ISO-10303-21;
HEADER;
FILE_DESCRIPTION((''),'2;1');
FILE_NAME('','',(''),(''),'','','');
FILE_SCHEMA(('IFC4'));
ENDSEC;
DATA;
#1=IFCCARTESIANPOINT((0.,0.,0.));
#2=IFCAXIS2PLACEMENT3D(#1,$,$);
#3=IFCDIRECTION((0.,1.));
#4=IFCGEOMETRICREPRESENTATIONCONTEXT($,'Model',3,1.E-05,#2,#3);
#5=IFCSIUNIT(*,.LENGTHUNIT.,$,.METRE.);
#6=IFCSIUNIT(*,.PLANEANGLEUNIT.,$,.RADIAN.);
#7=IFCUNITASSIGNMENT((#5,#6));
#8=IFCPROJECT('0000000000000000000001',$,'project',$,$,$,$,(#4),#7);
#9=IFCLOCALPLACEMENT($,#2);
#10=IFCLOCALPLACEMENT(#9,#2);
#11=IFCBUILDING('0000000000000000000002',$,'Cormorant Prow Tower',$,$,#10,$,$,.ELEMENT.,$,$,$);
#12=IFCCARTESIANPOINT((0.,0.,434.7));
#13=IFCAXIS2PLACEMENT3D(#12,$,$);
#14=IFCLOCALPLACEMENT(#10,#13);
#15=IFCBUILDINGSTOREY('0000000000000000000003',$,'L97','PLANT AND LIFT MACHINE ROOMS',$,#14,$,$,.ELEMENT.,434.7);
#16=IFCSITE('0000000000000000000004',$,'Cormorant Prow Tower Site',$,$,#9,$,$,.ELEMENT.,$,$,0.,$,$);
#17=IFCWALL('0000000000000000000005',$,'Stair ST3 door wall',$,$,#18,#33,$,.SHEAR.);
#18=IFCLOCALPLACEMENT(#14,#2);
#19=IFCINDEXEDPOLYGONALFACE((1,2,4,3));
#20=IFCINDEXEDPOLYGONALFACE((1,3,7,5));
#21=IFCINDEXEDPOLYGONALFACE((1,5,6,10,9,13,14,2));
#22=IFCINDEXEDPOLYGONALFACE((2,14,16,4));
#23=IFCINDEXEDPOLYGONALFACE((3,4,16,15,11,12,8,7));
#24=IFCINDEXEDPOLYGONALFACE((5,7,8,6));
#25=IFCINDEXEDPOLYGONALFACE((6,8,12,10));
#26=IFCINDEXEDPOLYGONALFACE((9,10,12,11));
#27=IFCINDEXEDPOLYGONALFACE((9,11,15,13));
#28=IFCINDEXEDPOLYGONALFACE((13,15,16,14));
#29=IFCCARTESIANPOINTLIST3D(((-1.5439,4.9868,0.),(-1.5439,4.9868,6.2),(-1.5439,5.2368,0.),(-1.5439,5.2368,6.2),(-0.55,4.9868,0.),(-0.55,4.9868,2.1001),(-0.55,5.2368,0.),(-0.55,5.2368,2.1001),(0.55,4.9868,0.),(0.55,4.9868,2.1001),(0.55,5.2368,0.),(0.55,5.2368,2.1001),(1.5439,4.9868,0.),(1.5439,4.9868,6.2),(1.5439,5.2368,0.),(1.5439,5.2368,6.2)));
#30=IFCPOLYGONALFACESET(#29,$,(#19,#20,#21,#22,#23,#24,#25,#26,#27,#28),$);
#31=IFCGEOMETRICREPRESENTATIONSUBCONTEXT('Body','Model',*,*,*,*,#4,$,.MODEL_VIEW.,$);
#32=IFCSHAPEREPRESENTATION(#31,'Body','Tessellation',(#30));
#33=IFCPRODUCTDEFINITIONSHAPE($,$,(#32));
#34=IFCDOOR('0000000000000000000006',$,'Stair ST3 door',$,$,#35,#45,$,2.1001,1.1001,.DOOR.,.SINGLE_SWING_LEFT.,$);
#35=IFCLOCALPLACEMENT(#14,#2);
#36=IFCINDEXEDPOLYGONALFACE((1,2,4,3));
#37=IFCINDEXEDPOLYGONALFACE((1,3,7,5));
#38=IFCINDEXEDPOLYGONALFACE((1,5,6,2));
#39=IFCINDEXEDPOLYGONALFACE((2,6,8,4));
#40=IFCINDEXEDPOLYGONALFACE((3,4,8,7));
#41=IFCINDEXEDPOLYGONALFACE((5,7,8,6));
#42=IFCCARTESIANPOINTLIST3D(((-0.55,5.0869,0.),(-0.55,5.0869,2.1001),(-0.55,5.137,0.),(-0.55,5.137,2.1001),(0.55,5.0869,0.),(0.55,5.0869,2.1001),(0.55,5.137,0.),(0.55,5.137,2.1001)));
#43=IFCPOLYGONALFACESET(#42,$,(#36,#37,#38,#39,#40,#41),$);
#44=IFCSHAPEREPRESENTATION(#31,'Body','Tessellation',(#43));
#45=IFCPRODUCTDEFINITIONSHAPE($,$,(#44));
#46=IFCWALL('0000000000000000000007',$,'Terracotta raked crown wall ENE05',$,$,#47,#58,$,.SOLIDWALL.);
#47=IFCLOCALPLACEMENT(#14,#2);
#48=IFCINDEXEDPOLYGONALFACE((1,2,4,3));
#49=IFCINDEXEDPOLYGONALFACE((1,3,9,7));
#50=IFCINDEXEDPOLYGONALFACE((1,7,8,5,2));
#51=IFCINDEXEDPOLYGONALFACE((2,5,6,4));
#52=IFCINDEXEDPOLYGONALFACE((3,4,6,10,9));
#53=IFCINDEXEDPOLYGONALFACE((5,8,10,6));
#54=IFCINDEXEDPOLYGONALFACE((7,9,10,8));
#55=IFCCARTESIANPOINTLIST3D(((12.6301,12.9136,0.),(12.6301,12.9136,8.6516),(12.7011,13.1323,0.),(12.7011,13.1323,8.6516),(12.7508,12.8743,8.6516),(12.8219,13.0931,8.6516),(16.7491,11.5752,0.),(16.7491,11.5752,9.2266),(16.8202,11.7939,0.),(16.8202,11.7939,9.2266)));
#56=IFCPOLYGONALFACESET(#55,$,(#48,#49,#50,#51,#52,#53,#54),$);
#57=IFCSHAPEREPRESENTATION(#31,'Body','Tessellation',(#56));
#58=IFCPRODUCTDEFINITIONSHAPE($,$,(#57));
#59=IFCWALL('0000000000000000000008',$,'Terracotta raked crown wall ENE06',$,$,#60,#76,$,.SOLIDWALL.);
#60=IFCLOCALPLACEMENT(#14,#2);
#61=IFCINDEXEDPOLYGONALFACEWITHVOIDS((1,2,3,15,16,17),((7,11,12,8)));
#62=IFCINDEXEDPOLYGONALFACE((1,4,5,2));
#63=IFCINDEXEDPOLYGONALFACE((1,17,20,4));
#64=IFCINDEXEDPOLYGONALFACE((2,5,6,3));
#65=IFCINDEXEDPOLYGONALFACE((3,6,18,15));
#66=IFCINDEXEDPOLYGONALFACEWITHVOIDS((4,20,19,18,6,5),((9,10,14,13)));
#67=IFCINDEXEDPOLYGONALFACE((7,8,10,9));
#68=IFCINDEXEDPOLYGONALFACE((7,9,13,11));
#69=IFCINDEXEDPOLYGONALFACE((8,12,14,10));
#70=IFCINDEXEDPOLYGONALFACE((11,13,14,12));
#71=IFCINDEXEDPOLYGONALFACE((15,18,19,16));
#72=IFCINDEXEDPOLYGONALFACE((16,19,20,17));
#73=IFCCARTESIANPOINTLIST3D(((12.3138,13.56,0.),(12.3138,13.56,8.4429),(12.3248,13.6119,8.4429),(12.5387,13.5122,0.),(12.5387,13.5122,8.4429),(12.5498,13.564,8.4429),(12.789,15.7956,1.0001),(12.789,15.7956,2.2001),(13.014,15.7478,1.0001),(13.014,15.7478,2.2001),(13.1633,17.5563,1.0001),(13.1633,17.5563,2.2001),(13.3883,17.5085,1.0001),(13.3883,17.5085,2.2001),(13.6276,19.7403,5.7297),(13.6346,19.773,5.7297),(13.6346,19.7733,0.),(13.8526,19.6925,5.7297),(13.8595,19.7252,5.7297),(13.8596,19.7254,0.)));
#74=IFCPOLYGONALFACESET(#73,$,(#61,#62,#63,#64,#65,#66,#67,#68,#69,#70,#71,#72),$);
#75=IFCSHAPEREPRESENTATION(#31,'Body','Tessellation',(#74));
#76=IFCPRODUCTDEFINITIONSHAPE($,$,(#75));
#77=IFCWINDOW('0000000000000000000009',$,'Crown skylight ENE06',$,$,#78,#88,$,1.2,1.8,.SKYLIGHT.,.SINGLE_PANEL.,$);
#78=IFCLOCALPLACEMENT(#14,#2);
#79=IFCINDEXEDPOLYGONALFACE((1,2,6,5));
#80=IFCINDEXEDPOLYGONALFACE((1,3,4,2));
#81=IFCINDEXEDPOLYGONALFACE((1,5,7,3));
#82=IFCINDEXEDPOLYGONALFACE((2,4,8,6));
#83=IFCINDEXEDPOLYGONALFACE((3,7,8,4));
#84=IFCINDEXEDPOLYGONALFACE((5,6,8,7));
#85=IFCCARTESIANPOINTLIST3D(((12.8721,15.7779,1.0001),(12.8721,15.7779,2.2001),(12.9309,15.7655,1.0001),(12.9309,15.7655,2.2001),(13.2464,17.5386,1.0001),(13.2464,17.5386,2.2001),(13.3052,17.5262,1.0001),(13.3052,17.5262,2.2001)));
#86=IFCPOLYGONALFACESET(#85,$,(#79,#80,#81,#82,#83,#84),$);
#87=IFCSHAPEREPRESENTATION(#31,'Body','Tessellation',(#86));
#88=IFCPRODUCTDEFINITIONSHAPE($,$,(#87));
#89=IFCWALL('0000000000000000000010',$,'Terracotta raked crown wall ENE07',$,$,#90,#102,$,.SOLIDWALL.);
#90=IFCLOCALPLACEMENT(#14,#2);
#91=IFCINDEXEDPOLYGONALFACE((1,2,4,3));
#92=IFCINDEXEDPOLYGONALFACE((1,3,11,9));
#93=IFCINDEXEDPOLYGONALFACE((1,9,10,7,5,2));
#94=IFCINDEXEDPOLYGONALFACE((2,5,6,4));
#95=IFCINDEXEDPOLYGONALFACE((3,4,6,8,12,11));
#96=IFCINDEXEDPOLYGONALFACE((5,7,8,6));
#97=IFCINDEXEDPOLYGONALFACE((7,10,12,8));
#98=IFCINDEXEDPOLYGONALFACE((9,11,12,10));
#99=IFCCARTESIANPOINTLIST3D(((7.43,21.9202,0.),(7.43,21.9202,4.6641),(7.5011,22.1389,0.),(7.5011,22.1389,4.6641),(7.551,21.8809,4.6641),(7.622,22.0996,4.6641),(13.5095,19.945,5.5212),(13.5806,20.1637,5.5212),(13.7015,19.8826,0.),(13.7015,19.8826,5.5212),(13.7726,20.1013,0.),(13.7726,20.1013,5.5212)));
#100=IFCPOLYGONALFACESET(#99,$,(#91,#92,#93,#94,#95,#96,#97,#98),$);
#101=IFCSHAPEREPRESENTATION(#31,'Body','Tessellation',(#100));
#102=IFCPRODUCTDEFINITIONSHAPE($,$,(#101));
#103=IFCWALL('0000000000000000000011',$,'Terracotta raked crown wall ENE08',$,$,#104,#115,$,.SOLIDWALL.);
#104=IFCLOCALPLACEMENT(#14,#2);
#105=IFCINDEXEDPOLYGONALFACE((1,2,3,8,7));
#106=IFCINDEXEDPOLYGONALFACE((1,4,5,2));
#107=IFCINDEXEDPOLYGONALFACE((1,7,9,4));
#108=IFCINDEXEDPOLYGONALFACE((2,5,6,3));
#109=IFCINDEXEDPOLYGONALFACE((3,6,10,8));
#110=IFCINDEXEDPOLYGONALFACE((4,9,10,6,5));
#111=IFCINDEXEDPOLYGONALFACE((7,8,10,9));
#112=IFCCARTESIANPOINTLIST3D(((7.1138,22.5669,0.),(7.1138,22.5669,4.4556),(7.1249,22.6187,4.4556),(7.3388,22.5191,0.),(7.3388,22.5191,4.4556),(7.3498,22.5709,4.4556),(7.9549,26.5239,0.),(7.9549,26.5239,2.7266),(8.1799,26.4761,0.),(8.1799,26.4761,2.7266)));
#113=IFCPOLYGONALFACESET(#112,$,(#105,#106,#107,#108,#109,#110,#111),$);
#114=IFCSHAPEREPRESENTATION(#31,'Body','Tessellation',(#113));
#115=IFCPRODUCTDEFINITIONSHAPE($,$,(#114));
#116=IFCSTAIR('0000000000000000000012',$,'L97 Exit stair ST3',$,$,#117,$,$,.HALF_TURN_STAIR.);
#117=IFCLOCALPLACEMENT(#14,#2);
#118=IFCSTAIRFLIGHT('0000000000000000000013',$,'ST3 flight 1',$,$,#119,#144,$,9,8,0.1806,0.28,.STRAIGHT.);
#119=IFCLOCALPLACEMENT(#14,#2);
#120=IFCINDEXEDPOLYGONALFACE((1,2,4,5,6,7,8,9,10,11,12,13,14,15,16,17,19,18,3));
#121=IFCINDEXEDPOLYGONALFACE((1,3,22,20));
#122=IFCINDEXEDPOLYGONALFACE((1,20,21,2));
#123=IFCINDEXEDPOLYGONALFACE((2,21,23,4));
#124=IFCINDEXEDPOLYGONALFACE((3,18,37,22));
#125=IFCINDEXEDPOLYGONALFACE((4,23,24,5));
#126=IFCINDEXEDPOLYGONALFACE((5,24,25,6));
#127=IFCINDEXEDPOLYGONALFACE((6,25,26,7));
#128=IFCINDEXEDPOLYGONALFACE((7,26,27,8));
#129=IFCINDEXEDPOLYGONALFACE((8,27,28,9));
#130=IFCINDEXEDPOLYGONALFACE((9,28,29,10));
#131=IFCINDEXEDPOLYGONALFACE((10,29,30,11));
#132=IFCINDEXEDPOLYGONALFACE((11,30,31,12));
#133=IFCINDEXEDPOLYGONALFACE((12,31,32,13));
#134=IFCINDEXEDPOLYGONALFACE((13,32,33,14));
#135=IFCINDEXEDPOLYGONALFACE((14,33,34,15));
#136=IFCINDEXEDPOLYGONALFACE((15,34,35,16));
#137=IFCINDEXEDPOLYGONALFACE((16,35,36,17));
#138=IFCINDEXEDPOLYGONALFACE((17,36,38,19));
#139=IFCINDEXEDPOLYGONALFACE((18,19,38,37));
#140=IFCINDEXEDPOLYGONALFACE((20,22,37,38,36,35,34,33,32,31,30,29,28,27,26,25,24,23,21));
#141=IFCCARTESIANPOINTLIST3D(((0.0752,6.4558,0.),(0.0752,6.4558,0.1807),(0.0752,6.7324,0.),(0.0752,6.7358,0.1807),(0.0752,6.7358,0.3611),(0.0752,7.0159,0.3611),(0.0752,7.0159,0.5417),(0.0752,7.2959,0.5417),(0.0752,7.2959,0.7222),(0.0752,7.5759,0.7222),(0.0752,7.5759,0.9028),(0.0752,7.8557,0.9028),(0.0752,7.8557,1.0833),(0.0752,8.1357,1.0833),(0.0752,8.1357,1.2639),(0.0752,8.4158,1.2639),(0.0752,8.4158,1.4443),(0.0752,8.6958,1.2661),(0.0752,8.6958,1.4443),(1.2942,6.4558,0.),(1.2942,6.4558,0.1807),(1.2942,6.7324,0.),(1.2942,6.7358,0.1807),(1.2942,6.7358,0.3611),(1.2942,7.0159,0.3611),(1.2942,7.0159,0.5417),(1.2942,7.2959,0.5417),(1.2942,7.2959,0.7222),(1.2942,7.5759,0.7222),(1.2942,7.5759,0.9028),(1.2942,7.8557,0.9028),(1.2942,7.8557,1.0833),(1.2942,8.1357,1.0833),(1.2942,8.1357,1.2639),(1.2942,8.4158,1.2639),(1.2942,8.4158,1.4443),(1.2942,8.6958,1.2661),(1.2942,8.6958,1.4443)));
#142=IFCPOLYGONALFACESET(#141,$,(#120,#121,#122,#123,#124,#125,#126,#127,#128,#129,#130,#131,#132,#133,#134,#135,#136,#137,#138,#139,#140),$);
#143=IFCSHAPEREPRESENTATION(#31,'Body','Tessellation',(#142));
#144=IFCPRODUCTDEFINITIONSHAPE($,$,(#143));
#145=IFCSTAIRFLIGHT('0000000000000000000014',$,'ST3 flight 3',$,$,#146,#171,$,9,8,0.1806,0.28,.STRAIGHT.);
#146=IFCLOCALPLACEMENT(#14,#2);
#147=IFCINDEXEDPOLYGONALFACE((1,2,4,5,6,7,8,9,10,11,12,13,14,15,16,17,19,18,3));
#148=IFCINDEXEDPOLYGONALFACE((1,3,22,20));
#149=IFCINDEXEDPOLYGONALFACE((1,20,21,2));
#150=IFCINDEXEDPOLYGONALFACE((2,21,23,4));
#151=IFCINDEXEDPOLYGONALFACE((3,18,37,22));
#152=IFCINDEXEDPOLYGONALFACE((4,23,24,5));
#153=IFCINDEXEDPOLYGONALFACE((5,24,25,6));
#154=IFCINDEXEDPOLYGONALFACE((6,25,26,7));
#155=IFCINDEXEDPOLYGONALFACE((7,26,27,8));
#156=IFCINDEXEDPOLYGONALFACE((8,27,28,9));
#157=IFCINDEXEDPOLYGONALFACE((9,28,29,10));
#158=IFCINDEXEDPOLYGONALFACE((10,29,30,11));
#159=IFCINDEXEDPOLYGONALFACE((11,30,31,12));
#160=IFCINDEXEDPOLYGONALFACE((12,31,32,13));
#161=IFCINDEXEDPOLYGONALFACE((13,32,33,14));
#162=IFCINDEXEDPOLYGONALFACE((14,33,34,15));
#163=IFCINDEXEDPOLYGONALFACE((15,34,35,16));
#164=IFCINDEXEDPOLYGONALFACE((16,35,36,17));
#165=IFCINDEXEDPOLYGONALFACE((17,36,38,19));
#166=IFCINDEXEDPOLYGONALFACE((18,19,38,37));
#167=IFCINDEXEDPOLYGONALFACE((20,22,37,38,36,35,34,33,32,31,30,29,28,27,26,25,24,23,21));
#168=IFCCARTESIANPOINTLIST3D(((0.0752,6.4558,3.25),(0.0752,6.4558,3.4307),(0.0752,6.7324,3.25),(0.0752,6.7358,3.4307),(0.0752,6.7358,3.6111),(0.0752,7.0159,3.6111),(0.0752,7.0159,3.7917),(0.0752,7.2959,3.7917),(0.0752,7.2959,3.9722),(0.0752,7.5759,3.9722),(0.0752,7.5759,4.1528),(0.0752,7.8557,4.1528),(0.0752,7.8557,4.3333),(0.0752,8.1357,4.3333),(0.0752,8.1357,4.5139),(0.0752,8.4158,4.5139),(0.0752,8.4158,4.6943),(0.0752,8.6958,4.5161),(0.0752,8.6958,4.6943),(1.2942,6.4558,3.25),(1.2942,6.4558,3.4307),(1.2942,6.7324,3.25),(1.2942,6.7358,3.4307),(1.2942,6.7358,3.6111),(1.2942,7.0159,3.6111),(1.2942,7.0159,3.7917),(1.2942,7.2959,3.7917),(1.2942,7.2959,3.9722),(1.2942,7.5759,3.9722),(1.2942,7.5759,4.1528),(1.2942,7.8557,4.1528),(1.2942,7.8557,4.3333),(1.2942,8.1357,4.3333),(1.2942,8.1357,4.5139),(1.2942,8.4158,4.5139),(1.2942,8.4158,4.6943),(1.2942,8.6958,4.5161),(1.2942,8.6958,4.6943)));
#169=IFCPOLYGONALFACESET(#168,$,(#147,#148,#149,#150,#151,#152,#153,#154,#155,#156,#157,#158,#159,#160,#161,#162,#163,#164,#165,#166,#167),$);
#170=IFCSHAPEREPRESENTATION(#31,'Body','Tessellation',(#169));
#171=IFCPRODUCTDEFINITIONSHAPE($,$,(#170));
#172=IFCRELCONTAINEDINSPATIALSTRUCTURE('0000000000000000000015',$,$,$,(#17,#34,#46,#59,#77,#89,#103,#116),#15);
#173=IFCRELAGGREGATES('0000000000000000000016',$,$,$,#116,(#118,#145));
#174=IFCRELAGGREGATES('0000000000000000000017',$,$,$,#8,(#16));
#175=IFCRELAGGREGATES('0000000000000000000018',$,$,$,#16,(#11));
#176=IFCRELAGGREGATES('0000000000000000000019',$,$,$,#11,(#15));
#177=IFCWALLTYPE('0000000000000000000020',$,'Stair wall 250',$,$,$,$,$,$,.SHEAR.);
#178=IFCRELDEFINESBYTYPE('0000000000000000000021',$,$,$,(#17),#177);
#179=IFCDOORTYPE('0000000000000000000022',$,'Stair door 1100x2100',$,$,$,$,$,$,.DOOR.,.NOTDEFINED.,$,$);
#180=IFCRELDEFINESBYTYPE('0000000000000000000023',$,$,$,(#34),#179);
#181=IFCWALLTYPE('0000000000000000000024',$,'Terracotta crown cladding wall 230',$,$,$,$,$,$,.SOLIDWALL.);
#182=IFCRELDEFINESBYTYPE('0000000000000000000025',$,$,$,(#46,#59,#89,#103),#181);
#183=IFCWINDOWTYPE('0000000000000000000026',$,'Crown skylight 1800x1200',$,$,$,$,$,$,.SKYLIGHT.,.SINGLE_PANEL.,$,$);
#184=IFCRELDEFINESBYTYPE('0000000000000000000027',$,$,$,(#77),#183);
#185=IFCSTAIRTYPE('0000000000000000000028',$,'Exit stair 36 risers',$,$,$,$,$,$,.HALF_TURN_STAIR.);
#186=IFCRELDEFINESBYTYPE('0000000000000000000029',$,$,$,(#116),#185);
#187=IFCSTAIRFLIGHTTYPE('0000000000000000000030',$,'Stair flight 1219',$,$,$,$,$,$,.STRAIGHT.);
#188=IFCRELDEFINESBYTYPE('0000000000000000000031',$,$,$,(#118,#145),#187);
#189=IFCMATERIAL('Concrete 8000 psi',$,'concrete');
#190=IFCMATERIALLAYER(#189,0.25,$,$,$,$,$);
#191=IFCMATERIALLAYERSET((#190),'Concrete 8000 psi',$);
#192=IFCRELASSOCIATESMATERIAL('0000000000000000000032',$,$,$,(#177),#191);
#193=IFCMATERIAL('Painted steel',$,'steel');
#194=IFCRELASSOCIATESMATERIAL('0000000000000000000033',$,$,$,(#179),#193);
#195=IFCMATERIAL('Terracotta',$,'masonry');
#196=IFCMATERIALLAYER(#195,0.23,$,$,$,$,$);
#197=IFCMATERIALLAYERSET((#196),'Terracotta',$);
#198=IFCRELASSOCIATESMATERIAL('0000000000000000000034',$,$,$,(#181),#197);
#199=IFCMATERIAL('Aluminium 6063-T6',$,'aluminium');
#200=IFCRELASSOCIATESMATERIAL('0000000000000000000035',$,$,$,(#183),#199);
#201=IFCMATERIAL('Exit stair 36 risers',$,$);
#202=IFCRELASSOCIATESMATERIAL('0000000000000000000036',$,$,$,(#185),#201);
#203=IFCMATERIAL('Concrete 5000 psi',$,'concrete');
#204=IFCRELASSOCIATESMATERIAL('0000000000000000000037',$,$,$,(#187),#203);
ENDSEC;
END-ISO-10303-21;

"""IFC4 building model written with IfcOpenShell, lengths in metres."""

from ifc_helpers import new_model, si_unit, direction, frame, frame_2d, origin, place, context, subcontext, project, spatial, polyline, rectangle, outline, extrude, material, layer, layer_set, type_object, element, fill, aggregate, save


model = new_model("IFC4")

# Units and contexts
model_context = context("Model", 3, precision=1e-05, world=origin(), true_north=direction((0.0, 1.0)))
body_context = subcontext(model_context, "Body", "Model", "MODEL_VIEW")
ifc_project = project(units=[si_unit("LENGTHUNIT", "METRE"), si_unit("PLANEANGLEUNIT", "RADIAN")], contexts=[model_context])

# Site, building, storey
site_placement = place(None, origin())
site = spatial("IfcSite", under=ifc_project, at=site_placement, Name="Cormorant Prow Tower Site", CompositionType="ELEMENT", RefElevation=0.0)
building_placement = place(site_placement, origin())
building = spatial("IfcBuilding", under=site, at=building_placement, Name="Cormorant Prow Tower", CompositionType="ELEMENT")
storey_placement = place(building_placement, frame((0.0, 0.0, 434.7)))
storey = spatial("IfcBuildingStorey", under=building, at=storey_placement, Name="L97", Description="PLANT AND LIFT MACHINE ROOMS", CompositionType="ELEMENT", Elevation=434.7)

# Wall, opening, door
ifc_material_1 = material(Name="Concrete 8000 psi", Category="concrete")
ifc_layer_1 = layer(ifc_material_1, 0.25)
ifc_layer_set_1 = layer_set([ifc_layer_1], Name="Concrete 8000 psi")
wall_type_1 = type_object("IfcWallType", Name="Stair wall 250", PredefinedType="SHEAR", material=ifc_layer_set_1)
wall_1_placement = place(storey_placement, frame((1.5439, 5.1118, 0.0), z_axis=(0.0, 0.0, 1.0), x_axis=(-1.0, 0.0, 0.0)))
wall_1 = element("IfcWall", 1, at=wall_1_placement, inside=storey, type_object=wall_type_1, Name="Stair ST3 door wall", PredefinedType="SHEAR", context=body_context, shape_type="SweptSolid", body=[
    extrude(rectangle(XDim=3.0879, YDim=0.25, at=frame_2d((1.5439, 0.0))), origin(), (0.0, 0.0, 1.0), 6.2),
])
opening_1_placement = place(wall_1_placement, frame((0.9939, 0.0, 0.0)))
opening_1 = element("IfcOpeningElement", 2, at=opening_1_placement, cuts=wall_1, PredefinedType="OPENING", context=body_context, shape_type="SweptSolid", body=[
    extrude(rectangle(XDim=1.1001, YDim=2.1001, at=frame_2d((0.55, 1.05))), frame((0.0, 0.135, 0.0), z_axis=(0.0, -1.0, 0.0), x_axis=(1.0, 0.0, 0.0)), (0.0, 0.0, 1.0), 0.27),
])
ifc_material_2 = material(Name="Painted steel", Category="steel")
door_type_1 = type_object("IfcDoorType", Name="Stair door 1100x2100", OperationType="NOTDEFINED", PredefinedType="DOOR", material=ifc_material_2)
door_1_placement = place(opening_1_placement, origin())
door_1 = element("IfcDoor", 3, at=door_1_placement, inside=storey, type_object=door_type_1, Name="Stair ST3 door", OperationType="SINGLE_SWING_LEFT", OverallHeight=2.1001, OverallWidth=1.1001, PredefinedType="DOOR", context=body_context, shape_type="SweptSolid", body=[
    extrude(rectangle(XDim=1.1001, YDim=2.1001, at=frame_2d((0.55, 1.05))), frame((0.0, 0.0249, 0.0), z_axis=(0.0, -1.0, 0.0), x_axis=(1.0, 0.0, 0.0)), (0.0, 0.0, 1.0), 0.05),
])
fill(opening_1, door_1)

# Wall
ifc_material_3 = material(Name="Terracotta", Category="masonry")
ifc_layer_2 = layer(ifc_material_3, 0.23)
ifc_layer_set_2 = layer_set([ifc_layer_2], Name="Terracotta")
wall_type_2 = type_object("IfcWallType", Name="Terracotta crown cladding wall 230", PredefinedType="SOLIDWALL", material=ifc_layer_set_2)
wall_2_placement = place(storey_placement, frame((16.7847, 11.6846, 0.0), z_axis=(0.0, 0.0, 1.0), x_axis=(-0.951057, 0.309015, 0.0)))
element("IfcWall", 4, at=wall_2_placement, inside=storey, type_object=wall_type_2, Name="Terracotta raked crown wall ENE05", PredefinedType="SOLIDWALL", context=body_context, shape_type="SweptSolid", body=[
    extrude(outline(polyline([(0.0, 0.0), (4.3311, 0.0), (4.3311, 8.6516), (4.2041, 8.6516), (0.0, 9.2266), (0.0, 0.0)])), frame((0.0, 0.115, 0.0), z_axis=(0.0, -1.0, 0.0), x_axis=(1.0, 0.0, 0.0)), (0.0, 0.0, 1.0), 0.23),
])

# Wall, opening, window
wall_3_placement = place(storey_placement, frame((12.4263, 13.5361, 0.0), z_axis=(0.0, 0.0, 1.0), x_axis=(0.207936, 0.978143, 0.0)))
wall_3 = element("IfcWall", 5, at=wall_3_placement, inside=storey, type_object=wall_type_2, Name="Terracotta raked crown wall ENE06", PredefinedType="SOLIDWALL", context=body_context, shape_type="SweptSolid", body=[
    extrude(outline(polyline([(0.0, 0.0), (6.3521, 0.0), (6.3518, 5.7297), (6.3184, 5.7297), (0.053, 8.4429), (0.0, 8.4429), (0.0, 0.0)])), frame((0.0, 0.115, 0.0), z_axis=(0.0, -1.0, 0.0), x_axis=(1.0, 0.0, 0.0)), (0.0, 0.0, 1.0), 0.23),
])
opening_2_placement = place(wall_3_placement, frame((2.2856, 0.0, 1.0)))
opening_2 = element("IfcOpeningElement", 6, at=opening_2_placement, cuts=wall_3, PredefinedType="OPENING", context=body_context, shape_type="SweptSolid", body=[
    extrude(rectangle(XDim=1.8, YDim=1.2, at=frame_2d((0.8999, 0.6001))), frame((0.0, 0.125, 0.0), z_axis=(0.0, -1.0, 0.0), x_axis=(1.0, 0.0, 0.0)), (0.0, 0.0, 1.0), 0.25),
])
ifc_material_4 = material(Name="Aluminium 6063-T6", Category="aluminium")
window_type = type_object("IfcWindowType", Name="Crown skylight 1800x1200", PartitioningType="SINGLE_PANEL", PredefinedType="SKYLIGHT", material=ifc_material_4)
window_placement = place(opening_2_placement, origin())
window = element("IfcWindow", 7, at=window_placement, inside=storey, type_object=window_type, Name="Crown skylight ENE06", OverallHeight=1.2, OverallWidth=1.8, PartitioningType="SINGLE_PANEL", PredefinedType="SKYLIGHT", context=body_context, shape_type="SweptSolid", body=[
    extrude(rectangle(XDim=1.8, YDim=1.2, at=frame_2d((0.8999, 0.6001))), frame((0.0, 0.03, 0.0), z_axis=(0.0, -1.0, 0.0), x_axis=(1.0, 0.0, 0.0)), (0.0, 0.0, 1.0), 0.0601),
])
fill(opening_2, window)

# Walls
wall_4_placement = place(storey_placement, frame((13.7371, 19.9919, 0.0), z_axis=(0.0, 0.0, 1.0), x_axis=(-0.951062, 0.308999, 0.0)))
element("IfcWall", 8, at=wall_4_placement, inside=storey, type_object=wall_type_2, Name="Terracotta raked crown wall ENE07", PredefinedType="SOLIDWALL", context=body_context, shape_type="SweptSolid", body=[
    extrude(outline(polyline([(0.0, 0.0), (6.5942, 0.0), (6.5942, 4.6641), (6.467, 4.6641), (0.2019, 5.5212), (0.0, 5.5212), (0.0, 0.0)])), frame((0.0, 0.115, 0.0), z_axis=(0.0, -1.0, 0.0), x_axis=(1.0, 0.0, 0.0)), (0.0, 0.0, 1.0), 0.23),
])
wall_5_placement = place(storey_placement, frame((7.2263, 22.543, 0.0), z_axis=(0.0, 0.0, 1.0), x_axis=(0.207905, 0.978149, 0.0)))
element("IfcWall", 9, at=wall_5_placement, inside=storey, type_object=wall_type_2, Name="Terracotta raked crown wall ENE08", PredefinedType="SOLIDWALL", context=body_context, shape_type="SweptSolid", body=[
    extrude(outline(polyline([(0.0, 0.0), (4.0454, 0.0), (4.0454, 2.7266), (0.053, 4.4556), (0.0, 4.4556), (0.0, 0.0)])), frame((0.0, 0.115, 0.0), z_axis=(0.0, -1.0, 0.0), x_axis=(1.0, 0.0, 0.0)), (0.0, 0.0, 1.0), 0.23),
])

# Stair, stair flights
ifc_material_5 = material(Name="Exit stair 36 risers")
stair_type = type_object("IfcStairType", Name="Exit stair 36 risers", PredefinedType="HALF_TURN_STAIR", material=ifc_material_5)
stair_placement = place(storey_placement, origin())
stair = element("IfcStair", 10, at=stair_placement, inside=storey, type_object=stair_type, Name="L97 Exit stair ST3", PredefinedType="HALF_TURN_STAIR")
ifc_material_6 = material(Name="Concrete 5000 psi", Category="concrete")
stair_flight_type = type_object("IfcStairFlightType", Name="Stair flight 1219", PredefinedType="STRAIGHT", material=ifc_material_6)
stair_flight_1_placement = place(storey_placement, frame((0.6846, 6.4558, 0.0), z_axis=(0.0, 0.0, 1.0), x_axis=(0.0, 1.0, 0.0)))
stair_flight_1 = element("IfcStairFlight", 11, at=stair_flight_1_placement, type_object=stair_flight_type, Name="ST3 flight 1", NumberOfRisers=9, NumberOfTreads=8, PredefinedType="STRAIGHT", RiserHeight=0.1806, TreadLength=0.28, context=body_context, shape_type="SweptSolid", body=[
    extrude(outline(polyline([(0.0, 0.0), (0.0, 0.1807), (0.28, 0.1807), (0.28, 0.3611), (0.5601, 0.3611), (0.5601, 0.5417), (0.8401, 0.5417), (0.8401, 0.7222), (1.1201, 0.7222), (1.1201, 0.9028), (1.3999, 0.9028), (1.3999, 1.0833), (1.6799, 1.0833), (1.6799, 1.2639), (1.96, 1.2639), (1.96, 1.4443), (2.24, 1.4443), (2.24, 1.625), (2.24, 1.2661), (0.2766, 0.0), (0.0, 0.0)])), frame((0.0, 0.6094, 0.0), z_axis=(0.0, -1.0, 0.0), x_axis=(1.0, 0.0, 0.0)), (0.0, 0.0, 1.0), 1.219),
])
stair_flight_2_placement = place(storey_placement, frame((0.6846, 6.4558, 3.25), z_axis=(0.0, 0.0, 1.0), x_axis=(0.0, 1.0, 0.0)))
stair_flight_2 = element("IfcStairFlight", 12, at=stair_flight_2_placement, type_object=stair_flight_type, Name="ST3 flight 3", NumberOfRisers=9, NumberOfTreads=8, PredefinedType="STRAIGHT", RiserHeight=0.1806, TreadLength=0.28, context=body_context, shape_type="SweptSolid", body=[
    extrude(outline(polyline([(0.0, 0.0), (0.0, 0.1807), (0.28, 0.1807), (0.28, 0.3611), (0.5601, 0.3611), (0.5601, 0.5417), (0.8401, 0.5417), (0.8401, 0.7222), (1.1201, 0.7222), (1.1201, 0.9028), (1.3999, 0.9028), (1.3999, 1.0833), (1.6799, 1.0833), (1.6799, 1.2639), (1.96, 1.2639), (1.96, 1.4443), (2.24, 1.4443), (2.24, 1.625), (2.24, 1.2661), (0.2766, 0.0), (0.0, 0.0)])), frame((0.0, 0.6094, 0.0), z_axis=(0.0, -1.0, 0.0), x_axis=(1.0, 0.0, 0.0)), (0.0, 0.0, 1.0), 1.219),
])
aggregate(stair, [stair_flight_1, stair_flight_2])

save(model, "model.ifc")
